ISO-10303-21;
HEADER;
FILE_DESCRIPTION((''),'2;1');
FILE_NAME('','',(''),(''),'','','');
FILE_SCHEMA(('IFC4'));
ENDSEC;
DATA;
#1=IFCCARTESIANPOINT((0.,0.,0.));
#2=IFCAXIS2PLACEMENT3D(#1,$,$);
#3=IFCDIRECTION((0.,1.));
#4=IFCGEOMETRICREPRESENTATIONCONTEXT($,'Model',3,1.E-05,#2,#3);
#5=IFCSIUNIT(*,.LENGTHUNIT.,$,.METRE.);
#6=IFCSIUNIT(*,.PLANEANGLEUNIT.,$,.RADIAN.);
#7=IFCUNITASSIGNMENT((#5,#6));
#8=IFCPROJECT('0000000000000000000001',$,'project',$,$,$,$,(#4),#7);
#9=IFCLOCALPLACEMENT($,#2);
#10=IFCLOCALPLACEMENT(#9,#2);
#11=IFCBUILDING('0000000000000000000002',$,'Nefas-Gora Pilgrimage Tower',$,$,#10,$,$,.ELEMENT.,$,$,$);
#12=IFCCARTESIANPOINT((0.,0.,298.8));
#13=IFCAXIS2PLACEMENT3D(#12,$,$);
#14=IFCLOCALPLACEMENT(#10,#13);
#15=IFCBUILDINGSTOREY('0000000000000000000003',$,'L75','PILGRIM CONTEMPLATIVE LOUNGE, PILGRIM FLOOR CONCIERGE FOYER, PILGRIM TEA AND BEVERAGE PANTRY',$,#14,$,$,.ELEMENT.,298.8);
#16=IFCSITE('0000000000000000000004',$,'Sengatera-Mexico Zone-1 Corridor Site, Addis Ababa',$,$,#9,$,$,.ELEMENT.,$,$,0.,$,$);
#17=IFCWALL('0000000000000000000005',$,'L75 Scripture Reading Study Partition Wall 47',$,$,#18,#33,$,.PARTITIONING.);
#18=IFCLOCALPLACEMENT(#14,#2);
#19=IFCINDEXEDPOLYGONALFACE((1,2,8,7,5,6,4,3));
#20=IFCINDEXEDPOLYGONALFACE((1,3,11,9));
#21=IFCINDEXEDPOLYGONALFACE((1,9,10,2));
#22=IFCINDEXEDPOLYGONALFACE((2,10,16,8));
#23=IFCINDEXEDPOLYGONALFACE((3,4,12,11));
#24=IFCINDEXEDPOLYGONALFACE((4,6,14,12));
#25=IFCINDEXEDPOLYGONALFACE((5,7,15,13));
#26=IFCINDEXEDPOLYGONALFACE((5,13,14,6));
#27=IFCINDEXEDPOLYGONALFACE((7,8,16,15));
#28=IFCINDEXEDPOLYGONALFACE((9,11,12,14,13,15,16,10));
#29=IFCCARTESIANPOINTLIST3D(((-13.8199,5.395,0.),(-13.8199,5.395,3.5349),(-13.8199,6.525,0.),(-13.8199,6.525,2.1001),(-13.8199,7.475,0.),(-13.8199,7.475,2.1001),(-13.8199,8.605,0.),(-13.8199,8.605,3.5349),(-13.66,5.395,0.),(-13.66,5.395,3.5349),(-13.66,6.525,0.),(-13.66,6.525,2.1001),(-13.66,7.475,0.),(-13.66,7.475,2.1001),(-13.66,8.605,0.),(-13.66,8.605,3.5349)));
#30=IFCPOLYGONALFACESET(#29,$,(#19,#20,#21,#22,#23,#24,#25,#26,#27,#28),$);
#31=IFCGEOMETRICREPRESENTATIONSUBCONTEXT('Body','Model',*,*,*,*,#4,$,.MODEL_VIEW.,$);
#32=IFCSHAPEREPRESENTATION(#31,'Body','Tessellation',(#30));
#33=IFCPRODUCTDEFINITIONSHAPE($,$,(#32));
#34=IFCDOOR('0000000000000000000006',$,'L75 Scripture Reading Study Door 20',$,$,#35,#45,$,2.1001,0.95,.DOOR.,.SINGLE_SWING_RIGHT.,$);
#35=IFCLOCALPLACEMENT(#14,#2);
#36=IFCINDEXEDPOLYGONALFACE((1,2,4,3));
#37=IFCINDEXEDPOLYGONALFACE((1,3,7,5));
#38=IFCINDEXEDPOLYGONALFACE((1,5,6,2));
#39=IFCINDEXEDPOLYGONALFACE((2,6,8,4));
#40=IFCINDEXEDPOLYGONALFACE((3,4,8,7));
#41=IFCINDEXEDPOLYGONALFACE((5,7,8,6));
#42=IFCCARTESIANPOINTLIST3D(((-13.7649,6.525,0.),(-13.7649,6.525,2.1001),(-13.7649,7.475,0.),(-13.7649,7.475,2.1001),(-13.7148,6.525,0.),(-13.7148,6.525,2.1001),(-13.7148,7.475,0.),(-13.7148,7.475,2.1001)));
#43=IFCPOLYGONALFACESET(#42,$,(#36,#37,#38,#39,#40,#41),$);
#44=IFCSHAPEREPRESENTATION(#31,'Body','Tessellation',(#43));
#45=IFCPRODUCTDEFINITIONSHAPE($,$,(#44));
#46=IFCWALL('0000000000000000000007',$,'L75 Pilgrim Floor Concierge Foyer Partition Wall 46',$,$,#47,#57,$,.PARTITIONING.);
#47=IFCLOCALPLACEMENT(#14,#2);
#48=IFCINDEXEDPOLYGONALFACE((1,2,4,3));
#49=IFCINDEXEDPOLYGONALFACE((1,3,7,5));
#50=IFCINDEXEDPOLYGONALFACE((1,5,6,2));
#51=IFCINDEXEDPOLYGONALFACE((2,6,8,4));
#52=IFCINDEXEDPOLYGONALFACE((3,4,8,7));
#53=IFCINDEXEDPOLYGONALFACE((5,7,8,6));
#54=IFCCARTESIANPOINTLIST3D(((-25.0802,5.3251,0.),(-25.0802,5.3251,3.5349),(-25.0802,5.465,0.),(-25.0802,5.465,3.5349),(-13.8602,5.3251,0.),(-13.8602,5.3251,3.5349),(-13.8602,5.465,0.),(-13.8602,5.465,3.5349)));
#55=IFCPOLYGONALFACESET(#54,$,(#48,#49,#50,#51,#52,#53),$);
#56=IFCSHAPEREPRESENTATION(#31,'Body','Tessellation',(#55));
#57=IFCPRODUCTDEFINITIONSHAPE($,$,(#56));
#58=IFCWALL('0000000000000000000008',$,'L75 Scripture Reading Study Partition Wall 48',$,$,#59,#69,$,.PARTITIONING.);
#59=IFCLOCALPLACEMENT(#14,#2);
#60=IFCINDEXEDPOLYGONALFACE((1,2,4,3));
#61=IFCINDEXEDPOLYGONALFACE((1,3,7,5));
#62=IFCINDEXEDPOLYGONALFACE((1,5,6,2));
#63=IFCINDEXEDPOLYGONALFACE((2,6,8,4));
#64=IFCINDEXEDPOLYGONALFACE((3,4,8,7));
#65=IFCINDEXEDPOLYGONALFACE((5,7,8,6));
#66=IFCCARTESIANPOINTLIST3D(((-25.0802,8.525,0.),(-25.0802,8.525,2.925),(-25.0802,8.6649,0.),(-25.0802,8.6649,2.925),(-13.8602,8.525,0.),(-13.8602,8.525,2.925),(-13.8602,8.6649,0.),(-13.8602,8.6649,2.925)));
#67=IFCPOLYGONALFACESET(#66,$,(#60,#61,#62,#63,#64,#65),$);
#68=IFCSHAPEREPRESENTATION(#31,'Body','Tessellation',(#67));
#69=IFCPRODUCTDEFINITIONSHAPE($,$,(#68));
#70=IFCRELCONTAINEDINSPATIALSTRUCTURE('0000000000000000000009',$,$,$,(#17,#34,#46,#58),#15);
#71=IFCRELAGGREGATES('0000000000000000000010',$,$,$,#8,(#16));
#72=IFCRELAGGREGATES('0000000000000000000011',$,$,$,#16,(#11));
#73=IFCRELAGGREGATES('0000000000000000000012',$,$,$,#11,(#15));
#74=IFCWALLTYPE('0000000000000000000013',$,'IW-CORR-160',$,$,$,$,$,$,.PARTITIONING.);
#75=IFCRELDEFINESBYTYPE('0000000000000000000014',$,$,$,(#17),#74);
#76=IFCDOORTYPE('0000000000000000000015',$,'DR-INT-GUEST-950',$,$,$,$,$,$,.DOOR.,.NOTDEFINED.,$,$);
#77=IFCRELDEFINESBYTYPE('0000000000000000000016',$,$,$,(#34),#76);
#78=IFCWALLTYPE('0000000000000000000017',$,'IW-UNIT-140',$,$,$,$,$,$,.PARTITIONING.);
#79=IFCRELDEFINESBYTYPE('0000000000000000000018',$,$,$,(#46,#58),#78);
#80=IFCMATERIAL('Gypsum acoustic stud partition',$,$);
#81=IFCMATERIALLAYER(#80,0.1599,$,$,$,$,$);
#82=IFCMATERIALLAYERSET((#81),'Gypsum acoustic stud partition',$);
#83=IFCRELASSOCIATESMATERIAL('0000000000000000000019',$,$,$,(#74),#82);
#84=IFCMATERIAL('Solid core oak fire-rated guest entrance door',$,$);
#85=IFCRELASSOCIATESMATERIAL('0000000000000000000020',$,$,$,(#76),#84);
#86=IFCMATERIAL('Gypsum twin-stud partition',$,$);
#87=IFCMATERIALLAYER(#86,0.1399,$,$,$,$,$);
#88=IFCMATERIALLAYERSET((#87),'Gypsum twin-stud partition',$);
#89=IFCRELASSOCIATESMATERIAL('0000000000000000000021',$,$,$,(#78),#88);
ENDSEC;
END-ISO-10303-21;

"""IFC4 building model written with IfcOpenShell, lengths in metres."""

from ifc_helpers import new_model, si_unit, direction, frame, frame_2d, origin, place, context, subcontext, project, spatial, rectangle, extrude, source, transform, mapped, material, layer, layer_set, type_object, element, fill, save


model = new_model("IFC4")

# Units and contexts
model_context = context("Model", 3, precision=1e-05, world=origin(), true_north=direction((0.0, 1.0)))
body_context = subcontext(model_context, "Body", "Model", "MODEL_VIEW")
ifc_project = project(units=[si_unit("LENGTHUNIT", "METRE"), si_unit("PLANEANGLEUNIT", "RADIAN")], contexts=[model_context])

# Site, building, storey
site_placement = place(None, origin())
site = spatial("IfcSite", under=ifc_project, at=site_placement, Name="Sengatera-Mexico Zone-1 Corridor Site, Addis Ababa", CompositionType="ELEMENT", RefElevation=0.0)
building_placement = place(site_placement, origin())
building = spatial("IfcBuilding", under=site, at=building_placement, Name="Nefas-Gora Pilgrimage Tower", CompositionType="ELEMENT")
storey_placement = place(building_placement, frame((0.0, 0.0, 298.8)))
storey = spatial("IfcBuildingStorey", under=building, at=storey_placement, Name="L75", Description="PILGRIM CONTEMPLATIVE LOUNGE, PILGRIM FLOOR CONCIERGE FOYER, PILGRIM TEA AND BEVERAGE PANTRY", CompositionType="ELEMENT", Elevation=298.8)

# Wall, opening, door
ifc_material_1 = material(Name="Gypsum acoustic stud partition")
ifc_layer_1 = layer(ifc_material_1, 0.1599)
ifc_layer_set_1 = layer_set([ifc_layer_1], Name="Gypsum acoustic stud partition")
wall_type_1 = type_object("IfcWallType", Name="IW-CORR-160", PredefinedType="PARTITIONING", material=ifc_layer_set_1)
ifc_material_2 = material(Name="Solid core oak fire-rated guest entrance door")
door_type = type_object("IfcDoorType", Name="DR-INT-GUEST-950", OperationType="NOTDEFINED", PredefinedType="DOOR", material=ifc_material_2)
shared_shape_1 = source(origin(), body_context, "Body", "SweptSolid", [
    extrude(rectangle(XDim=0.95, YDim=2.1001, at=frame_2d((0.4751, 1.05))), frame((0.0, 0.0249, 0.0), z_axis=(0.0, -1.0, 0.0), x_axis=(1.0, 0.0, 0.0)), (0.0, 0.0, 1.0), 0.05),
])
shared_shape_2 = source(origin(), body_context, "Body", "SweptSolid", [
    extrude(rectangle(XDim=3.21, YDim=0.1599, at=frame_2d((1.605, 0.0))), origin(), (0.0, 0.0, 1.0), 3.5349),
])
wall_1_placement = place(storey_placement, frame((-13.74, 5.395, 0.0), z_axis=(0.0, 0.0, 1.0), x_axis=(0.0, 1.0, 0.0)))
wall_1 = element("IfcWall", 1, at=wall_1_placement, inside=storey, type_object=wall_type_1, Name="L75 Scripture Reading Study Partition Wall 47", PredefinedType="PARTITIONING", context=body_context, shape_type="MappedRepresentation", body=[
    mapped(shared_shape_2, transform((0.0, 0.0, 0.0), x_axis=(1.0, 0.0, 0.0), y_axis=(0.0, 1.0, 0.0), z_axis=(0.0, 0.0, 1.0), scale=1.0)),
])
opening_1_placement = place(wall_1_placement, frame((1.1299, 0.0, 0.0)))
opening_1 = element("IfcOpeningElement", 2, at=opening_1_placement, cuts=wall_1, PredefinedType="OPENING", context=body_context, shape_type="SweptSolid", body=[
    extrude(rectangle(XDim=0.95, YDim=2.1001, at=frame_2d((0.4751, 1.05))), frame((0.0, 0.0898, 0.0), z_axis=(0.0, -1.0, 0.0), x_axis=(1.0, 0.0, 0.0)), (0.0, 0.0, 1.0), 0.1799),
])
door_1_placement = place(opening_1_placement, origin())
door_1 = element("IfcDoor", 3, at=door_1_placement, inside=storey, type_object=door_type, Name="L75 Scripture Reading Study Door 20", OperationType="SINGLE_SWING_RIGHT", OverallHeight=2.1001, OverallWidth=0.95, PredefinedType="DOOR", context=body_context, shape_type="MappedRepresentation", body=[
    mapped(shared_shape_1, transform((0.0, 0.0, 0.0), x_axis=(1.0, 0.0, 0.0), y_axis=(0.0, 1.0, 0.0), z_axis=(0.0, 0.0, 1.0), scale=1.0)),
])
fill(opening_1, door_1)

# Walls
ifc_material_3 = material(Name="Gypsum twin-stud partition")
ifc_layer_2 = layer(ifc_material_3, 0.1399)
ifc_layer_set_2 = layer_set([ifc_layer_2], Name="Gypsum twin-stud partition")
wall_type_2 = type_object("IfcWallType", Name="IW-UNIT-140", PredefinedType="PARTITIONING", material=ifc_layer_set_2)
shared_shape_3 = source(origin(), body_context, "Body", "SweptSolid", [
    extrude(rectangle(XDim=11.22, YDim=0.1399, at=frame_2d((5.6099, 0.0))), origin(), (0.0, 0.0, 1.0), 3.5349),
])
wall_2_placement = place(storey_placement, frame((-25.0801, 5.395, 0.0), z_axis=(0.0, 0.0, 1.0), x_axis=(1.0, 0.0, 0.0)))
element("IfcWall", 4, at=wall_2_placement, inside=storey, type_object=wall_type_2, Name="L75 Pilgrim Floor Concierge Foyer Partition Wall 46", PredefinedType="PARTITIONING", context=body_context, shape_type="MappedRepresentation", body=[
    mapped(shared_shape_3, transform((0.0, 0.0, 0.0), x_axis=(1.0, 0.0, 0.0), y_axis=(0.0, 1.0, 0.0), z_axis=(0.0, 0.0, 1.0), scale=1.0)),
])
shared_shape_4 = source(origin(), body_context, "Body", "SweptSolid", [
    extrude(rectangle(XDim=11.22, YDim=0.1399, at=frame_2d((5.6099, 0.0))), origin(), (0.0, 0.0, 1.0), 2.925),
])
wall_3_placement = place(storey_placement, frame((-25.0801, 8.595, 0.0), z_axis=(0.0, 0.0, 1.0), x_axis=(1.0, 0.0, 0.0)))
element("IfcWall", 5, at=wall_3_placement, inside=storey, type_object=wall_type_2, Name="L75 Scripture Reading Study Partition Wall 48", PredefinedType="PARTITIONING", context=body_context, shape_type="MappedRepresentation", body=[
    mapped(shared_shape_4, transform((0.0, 0.0, 0.0), x_axis=(1.0, 0.0, 0.0), y_axis=(0.0, 1.0, 0.0), z_axis=(0.0, 0.0, 1.0), scale=1.0)),
])

save(model, "model.ifc")
